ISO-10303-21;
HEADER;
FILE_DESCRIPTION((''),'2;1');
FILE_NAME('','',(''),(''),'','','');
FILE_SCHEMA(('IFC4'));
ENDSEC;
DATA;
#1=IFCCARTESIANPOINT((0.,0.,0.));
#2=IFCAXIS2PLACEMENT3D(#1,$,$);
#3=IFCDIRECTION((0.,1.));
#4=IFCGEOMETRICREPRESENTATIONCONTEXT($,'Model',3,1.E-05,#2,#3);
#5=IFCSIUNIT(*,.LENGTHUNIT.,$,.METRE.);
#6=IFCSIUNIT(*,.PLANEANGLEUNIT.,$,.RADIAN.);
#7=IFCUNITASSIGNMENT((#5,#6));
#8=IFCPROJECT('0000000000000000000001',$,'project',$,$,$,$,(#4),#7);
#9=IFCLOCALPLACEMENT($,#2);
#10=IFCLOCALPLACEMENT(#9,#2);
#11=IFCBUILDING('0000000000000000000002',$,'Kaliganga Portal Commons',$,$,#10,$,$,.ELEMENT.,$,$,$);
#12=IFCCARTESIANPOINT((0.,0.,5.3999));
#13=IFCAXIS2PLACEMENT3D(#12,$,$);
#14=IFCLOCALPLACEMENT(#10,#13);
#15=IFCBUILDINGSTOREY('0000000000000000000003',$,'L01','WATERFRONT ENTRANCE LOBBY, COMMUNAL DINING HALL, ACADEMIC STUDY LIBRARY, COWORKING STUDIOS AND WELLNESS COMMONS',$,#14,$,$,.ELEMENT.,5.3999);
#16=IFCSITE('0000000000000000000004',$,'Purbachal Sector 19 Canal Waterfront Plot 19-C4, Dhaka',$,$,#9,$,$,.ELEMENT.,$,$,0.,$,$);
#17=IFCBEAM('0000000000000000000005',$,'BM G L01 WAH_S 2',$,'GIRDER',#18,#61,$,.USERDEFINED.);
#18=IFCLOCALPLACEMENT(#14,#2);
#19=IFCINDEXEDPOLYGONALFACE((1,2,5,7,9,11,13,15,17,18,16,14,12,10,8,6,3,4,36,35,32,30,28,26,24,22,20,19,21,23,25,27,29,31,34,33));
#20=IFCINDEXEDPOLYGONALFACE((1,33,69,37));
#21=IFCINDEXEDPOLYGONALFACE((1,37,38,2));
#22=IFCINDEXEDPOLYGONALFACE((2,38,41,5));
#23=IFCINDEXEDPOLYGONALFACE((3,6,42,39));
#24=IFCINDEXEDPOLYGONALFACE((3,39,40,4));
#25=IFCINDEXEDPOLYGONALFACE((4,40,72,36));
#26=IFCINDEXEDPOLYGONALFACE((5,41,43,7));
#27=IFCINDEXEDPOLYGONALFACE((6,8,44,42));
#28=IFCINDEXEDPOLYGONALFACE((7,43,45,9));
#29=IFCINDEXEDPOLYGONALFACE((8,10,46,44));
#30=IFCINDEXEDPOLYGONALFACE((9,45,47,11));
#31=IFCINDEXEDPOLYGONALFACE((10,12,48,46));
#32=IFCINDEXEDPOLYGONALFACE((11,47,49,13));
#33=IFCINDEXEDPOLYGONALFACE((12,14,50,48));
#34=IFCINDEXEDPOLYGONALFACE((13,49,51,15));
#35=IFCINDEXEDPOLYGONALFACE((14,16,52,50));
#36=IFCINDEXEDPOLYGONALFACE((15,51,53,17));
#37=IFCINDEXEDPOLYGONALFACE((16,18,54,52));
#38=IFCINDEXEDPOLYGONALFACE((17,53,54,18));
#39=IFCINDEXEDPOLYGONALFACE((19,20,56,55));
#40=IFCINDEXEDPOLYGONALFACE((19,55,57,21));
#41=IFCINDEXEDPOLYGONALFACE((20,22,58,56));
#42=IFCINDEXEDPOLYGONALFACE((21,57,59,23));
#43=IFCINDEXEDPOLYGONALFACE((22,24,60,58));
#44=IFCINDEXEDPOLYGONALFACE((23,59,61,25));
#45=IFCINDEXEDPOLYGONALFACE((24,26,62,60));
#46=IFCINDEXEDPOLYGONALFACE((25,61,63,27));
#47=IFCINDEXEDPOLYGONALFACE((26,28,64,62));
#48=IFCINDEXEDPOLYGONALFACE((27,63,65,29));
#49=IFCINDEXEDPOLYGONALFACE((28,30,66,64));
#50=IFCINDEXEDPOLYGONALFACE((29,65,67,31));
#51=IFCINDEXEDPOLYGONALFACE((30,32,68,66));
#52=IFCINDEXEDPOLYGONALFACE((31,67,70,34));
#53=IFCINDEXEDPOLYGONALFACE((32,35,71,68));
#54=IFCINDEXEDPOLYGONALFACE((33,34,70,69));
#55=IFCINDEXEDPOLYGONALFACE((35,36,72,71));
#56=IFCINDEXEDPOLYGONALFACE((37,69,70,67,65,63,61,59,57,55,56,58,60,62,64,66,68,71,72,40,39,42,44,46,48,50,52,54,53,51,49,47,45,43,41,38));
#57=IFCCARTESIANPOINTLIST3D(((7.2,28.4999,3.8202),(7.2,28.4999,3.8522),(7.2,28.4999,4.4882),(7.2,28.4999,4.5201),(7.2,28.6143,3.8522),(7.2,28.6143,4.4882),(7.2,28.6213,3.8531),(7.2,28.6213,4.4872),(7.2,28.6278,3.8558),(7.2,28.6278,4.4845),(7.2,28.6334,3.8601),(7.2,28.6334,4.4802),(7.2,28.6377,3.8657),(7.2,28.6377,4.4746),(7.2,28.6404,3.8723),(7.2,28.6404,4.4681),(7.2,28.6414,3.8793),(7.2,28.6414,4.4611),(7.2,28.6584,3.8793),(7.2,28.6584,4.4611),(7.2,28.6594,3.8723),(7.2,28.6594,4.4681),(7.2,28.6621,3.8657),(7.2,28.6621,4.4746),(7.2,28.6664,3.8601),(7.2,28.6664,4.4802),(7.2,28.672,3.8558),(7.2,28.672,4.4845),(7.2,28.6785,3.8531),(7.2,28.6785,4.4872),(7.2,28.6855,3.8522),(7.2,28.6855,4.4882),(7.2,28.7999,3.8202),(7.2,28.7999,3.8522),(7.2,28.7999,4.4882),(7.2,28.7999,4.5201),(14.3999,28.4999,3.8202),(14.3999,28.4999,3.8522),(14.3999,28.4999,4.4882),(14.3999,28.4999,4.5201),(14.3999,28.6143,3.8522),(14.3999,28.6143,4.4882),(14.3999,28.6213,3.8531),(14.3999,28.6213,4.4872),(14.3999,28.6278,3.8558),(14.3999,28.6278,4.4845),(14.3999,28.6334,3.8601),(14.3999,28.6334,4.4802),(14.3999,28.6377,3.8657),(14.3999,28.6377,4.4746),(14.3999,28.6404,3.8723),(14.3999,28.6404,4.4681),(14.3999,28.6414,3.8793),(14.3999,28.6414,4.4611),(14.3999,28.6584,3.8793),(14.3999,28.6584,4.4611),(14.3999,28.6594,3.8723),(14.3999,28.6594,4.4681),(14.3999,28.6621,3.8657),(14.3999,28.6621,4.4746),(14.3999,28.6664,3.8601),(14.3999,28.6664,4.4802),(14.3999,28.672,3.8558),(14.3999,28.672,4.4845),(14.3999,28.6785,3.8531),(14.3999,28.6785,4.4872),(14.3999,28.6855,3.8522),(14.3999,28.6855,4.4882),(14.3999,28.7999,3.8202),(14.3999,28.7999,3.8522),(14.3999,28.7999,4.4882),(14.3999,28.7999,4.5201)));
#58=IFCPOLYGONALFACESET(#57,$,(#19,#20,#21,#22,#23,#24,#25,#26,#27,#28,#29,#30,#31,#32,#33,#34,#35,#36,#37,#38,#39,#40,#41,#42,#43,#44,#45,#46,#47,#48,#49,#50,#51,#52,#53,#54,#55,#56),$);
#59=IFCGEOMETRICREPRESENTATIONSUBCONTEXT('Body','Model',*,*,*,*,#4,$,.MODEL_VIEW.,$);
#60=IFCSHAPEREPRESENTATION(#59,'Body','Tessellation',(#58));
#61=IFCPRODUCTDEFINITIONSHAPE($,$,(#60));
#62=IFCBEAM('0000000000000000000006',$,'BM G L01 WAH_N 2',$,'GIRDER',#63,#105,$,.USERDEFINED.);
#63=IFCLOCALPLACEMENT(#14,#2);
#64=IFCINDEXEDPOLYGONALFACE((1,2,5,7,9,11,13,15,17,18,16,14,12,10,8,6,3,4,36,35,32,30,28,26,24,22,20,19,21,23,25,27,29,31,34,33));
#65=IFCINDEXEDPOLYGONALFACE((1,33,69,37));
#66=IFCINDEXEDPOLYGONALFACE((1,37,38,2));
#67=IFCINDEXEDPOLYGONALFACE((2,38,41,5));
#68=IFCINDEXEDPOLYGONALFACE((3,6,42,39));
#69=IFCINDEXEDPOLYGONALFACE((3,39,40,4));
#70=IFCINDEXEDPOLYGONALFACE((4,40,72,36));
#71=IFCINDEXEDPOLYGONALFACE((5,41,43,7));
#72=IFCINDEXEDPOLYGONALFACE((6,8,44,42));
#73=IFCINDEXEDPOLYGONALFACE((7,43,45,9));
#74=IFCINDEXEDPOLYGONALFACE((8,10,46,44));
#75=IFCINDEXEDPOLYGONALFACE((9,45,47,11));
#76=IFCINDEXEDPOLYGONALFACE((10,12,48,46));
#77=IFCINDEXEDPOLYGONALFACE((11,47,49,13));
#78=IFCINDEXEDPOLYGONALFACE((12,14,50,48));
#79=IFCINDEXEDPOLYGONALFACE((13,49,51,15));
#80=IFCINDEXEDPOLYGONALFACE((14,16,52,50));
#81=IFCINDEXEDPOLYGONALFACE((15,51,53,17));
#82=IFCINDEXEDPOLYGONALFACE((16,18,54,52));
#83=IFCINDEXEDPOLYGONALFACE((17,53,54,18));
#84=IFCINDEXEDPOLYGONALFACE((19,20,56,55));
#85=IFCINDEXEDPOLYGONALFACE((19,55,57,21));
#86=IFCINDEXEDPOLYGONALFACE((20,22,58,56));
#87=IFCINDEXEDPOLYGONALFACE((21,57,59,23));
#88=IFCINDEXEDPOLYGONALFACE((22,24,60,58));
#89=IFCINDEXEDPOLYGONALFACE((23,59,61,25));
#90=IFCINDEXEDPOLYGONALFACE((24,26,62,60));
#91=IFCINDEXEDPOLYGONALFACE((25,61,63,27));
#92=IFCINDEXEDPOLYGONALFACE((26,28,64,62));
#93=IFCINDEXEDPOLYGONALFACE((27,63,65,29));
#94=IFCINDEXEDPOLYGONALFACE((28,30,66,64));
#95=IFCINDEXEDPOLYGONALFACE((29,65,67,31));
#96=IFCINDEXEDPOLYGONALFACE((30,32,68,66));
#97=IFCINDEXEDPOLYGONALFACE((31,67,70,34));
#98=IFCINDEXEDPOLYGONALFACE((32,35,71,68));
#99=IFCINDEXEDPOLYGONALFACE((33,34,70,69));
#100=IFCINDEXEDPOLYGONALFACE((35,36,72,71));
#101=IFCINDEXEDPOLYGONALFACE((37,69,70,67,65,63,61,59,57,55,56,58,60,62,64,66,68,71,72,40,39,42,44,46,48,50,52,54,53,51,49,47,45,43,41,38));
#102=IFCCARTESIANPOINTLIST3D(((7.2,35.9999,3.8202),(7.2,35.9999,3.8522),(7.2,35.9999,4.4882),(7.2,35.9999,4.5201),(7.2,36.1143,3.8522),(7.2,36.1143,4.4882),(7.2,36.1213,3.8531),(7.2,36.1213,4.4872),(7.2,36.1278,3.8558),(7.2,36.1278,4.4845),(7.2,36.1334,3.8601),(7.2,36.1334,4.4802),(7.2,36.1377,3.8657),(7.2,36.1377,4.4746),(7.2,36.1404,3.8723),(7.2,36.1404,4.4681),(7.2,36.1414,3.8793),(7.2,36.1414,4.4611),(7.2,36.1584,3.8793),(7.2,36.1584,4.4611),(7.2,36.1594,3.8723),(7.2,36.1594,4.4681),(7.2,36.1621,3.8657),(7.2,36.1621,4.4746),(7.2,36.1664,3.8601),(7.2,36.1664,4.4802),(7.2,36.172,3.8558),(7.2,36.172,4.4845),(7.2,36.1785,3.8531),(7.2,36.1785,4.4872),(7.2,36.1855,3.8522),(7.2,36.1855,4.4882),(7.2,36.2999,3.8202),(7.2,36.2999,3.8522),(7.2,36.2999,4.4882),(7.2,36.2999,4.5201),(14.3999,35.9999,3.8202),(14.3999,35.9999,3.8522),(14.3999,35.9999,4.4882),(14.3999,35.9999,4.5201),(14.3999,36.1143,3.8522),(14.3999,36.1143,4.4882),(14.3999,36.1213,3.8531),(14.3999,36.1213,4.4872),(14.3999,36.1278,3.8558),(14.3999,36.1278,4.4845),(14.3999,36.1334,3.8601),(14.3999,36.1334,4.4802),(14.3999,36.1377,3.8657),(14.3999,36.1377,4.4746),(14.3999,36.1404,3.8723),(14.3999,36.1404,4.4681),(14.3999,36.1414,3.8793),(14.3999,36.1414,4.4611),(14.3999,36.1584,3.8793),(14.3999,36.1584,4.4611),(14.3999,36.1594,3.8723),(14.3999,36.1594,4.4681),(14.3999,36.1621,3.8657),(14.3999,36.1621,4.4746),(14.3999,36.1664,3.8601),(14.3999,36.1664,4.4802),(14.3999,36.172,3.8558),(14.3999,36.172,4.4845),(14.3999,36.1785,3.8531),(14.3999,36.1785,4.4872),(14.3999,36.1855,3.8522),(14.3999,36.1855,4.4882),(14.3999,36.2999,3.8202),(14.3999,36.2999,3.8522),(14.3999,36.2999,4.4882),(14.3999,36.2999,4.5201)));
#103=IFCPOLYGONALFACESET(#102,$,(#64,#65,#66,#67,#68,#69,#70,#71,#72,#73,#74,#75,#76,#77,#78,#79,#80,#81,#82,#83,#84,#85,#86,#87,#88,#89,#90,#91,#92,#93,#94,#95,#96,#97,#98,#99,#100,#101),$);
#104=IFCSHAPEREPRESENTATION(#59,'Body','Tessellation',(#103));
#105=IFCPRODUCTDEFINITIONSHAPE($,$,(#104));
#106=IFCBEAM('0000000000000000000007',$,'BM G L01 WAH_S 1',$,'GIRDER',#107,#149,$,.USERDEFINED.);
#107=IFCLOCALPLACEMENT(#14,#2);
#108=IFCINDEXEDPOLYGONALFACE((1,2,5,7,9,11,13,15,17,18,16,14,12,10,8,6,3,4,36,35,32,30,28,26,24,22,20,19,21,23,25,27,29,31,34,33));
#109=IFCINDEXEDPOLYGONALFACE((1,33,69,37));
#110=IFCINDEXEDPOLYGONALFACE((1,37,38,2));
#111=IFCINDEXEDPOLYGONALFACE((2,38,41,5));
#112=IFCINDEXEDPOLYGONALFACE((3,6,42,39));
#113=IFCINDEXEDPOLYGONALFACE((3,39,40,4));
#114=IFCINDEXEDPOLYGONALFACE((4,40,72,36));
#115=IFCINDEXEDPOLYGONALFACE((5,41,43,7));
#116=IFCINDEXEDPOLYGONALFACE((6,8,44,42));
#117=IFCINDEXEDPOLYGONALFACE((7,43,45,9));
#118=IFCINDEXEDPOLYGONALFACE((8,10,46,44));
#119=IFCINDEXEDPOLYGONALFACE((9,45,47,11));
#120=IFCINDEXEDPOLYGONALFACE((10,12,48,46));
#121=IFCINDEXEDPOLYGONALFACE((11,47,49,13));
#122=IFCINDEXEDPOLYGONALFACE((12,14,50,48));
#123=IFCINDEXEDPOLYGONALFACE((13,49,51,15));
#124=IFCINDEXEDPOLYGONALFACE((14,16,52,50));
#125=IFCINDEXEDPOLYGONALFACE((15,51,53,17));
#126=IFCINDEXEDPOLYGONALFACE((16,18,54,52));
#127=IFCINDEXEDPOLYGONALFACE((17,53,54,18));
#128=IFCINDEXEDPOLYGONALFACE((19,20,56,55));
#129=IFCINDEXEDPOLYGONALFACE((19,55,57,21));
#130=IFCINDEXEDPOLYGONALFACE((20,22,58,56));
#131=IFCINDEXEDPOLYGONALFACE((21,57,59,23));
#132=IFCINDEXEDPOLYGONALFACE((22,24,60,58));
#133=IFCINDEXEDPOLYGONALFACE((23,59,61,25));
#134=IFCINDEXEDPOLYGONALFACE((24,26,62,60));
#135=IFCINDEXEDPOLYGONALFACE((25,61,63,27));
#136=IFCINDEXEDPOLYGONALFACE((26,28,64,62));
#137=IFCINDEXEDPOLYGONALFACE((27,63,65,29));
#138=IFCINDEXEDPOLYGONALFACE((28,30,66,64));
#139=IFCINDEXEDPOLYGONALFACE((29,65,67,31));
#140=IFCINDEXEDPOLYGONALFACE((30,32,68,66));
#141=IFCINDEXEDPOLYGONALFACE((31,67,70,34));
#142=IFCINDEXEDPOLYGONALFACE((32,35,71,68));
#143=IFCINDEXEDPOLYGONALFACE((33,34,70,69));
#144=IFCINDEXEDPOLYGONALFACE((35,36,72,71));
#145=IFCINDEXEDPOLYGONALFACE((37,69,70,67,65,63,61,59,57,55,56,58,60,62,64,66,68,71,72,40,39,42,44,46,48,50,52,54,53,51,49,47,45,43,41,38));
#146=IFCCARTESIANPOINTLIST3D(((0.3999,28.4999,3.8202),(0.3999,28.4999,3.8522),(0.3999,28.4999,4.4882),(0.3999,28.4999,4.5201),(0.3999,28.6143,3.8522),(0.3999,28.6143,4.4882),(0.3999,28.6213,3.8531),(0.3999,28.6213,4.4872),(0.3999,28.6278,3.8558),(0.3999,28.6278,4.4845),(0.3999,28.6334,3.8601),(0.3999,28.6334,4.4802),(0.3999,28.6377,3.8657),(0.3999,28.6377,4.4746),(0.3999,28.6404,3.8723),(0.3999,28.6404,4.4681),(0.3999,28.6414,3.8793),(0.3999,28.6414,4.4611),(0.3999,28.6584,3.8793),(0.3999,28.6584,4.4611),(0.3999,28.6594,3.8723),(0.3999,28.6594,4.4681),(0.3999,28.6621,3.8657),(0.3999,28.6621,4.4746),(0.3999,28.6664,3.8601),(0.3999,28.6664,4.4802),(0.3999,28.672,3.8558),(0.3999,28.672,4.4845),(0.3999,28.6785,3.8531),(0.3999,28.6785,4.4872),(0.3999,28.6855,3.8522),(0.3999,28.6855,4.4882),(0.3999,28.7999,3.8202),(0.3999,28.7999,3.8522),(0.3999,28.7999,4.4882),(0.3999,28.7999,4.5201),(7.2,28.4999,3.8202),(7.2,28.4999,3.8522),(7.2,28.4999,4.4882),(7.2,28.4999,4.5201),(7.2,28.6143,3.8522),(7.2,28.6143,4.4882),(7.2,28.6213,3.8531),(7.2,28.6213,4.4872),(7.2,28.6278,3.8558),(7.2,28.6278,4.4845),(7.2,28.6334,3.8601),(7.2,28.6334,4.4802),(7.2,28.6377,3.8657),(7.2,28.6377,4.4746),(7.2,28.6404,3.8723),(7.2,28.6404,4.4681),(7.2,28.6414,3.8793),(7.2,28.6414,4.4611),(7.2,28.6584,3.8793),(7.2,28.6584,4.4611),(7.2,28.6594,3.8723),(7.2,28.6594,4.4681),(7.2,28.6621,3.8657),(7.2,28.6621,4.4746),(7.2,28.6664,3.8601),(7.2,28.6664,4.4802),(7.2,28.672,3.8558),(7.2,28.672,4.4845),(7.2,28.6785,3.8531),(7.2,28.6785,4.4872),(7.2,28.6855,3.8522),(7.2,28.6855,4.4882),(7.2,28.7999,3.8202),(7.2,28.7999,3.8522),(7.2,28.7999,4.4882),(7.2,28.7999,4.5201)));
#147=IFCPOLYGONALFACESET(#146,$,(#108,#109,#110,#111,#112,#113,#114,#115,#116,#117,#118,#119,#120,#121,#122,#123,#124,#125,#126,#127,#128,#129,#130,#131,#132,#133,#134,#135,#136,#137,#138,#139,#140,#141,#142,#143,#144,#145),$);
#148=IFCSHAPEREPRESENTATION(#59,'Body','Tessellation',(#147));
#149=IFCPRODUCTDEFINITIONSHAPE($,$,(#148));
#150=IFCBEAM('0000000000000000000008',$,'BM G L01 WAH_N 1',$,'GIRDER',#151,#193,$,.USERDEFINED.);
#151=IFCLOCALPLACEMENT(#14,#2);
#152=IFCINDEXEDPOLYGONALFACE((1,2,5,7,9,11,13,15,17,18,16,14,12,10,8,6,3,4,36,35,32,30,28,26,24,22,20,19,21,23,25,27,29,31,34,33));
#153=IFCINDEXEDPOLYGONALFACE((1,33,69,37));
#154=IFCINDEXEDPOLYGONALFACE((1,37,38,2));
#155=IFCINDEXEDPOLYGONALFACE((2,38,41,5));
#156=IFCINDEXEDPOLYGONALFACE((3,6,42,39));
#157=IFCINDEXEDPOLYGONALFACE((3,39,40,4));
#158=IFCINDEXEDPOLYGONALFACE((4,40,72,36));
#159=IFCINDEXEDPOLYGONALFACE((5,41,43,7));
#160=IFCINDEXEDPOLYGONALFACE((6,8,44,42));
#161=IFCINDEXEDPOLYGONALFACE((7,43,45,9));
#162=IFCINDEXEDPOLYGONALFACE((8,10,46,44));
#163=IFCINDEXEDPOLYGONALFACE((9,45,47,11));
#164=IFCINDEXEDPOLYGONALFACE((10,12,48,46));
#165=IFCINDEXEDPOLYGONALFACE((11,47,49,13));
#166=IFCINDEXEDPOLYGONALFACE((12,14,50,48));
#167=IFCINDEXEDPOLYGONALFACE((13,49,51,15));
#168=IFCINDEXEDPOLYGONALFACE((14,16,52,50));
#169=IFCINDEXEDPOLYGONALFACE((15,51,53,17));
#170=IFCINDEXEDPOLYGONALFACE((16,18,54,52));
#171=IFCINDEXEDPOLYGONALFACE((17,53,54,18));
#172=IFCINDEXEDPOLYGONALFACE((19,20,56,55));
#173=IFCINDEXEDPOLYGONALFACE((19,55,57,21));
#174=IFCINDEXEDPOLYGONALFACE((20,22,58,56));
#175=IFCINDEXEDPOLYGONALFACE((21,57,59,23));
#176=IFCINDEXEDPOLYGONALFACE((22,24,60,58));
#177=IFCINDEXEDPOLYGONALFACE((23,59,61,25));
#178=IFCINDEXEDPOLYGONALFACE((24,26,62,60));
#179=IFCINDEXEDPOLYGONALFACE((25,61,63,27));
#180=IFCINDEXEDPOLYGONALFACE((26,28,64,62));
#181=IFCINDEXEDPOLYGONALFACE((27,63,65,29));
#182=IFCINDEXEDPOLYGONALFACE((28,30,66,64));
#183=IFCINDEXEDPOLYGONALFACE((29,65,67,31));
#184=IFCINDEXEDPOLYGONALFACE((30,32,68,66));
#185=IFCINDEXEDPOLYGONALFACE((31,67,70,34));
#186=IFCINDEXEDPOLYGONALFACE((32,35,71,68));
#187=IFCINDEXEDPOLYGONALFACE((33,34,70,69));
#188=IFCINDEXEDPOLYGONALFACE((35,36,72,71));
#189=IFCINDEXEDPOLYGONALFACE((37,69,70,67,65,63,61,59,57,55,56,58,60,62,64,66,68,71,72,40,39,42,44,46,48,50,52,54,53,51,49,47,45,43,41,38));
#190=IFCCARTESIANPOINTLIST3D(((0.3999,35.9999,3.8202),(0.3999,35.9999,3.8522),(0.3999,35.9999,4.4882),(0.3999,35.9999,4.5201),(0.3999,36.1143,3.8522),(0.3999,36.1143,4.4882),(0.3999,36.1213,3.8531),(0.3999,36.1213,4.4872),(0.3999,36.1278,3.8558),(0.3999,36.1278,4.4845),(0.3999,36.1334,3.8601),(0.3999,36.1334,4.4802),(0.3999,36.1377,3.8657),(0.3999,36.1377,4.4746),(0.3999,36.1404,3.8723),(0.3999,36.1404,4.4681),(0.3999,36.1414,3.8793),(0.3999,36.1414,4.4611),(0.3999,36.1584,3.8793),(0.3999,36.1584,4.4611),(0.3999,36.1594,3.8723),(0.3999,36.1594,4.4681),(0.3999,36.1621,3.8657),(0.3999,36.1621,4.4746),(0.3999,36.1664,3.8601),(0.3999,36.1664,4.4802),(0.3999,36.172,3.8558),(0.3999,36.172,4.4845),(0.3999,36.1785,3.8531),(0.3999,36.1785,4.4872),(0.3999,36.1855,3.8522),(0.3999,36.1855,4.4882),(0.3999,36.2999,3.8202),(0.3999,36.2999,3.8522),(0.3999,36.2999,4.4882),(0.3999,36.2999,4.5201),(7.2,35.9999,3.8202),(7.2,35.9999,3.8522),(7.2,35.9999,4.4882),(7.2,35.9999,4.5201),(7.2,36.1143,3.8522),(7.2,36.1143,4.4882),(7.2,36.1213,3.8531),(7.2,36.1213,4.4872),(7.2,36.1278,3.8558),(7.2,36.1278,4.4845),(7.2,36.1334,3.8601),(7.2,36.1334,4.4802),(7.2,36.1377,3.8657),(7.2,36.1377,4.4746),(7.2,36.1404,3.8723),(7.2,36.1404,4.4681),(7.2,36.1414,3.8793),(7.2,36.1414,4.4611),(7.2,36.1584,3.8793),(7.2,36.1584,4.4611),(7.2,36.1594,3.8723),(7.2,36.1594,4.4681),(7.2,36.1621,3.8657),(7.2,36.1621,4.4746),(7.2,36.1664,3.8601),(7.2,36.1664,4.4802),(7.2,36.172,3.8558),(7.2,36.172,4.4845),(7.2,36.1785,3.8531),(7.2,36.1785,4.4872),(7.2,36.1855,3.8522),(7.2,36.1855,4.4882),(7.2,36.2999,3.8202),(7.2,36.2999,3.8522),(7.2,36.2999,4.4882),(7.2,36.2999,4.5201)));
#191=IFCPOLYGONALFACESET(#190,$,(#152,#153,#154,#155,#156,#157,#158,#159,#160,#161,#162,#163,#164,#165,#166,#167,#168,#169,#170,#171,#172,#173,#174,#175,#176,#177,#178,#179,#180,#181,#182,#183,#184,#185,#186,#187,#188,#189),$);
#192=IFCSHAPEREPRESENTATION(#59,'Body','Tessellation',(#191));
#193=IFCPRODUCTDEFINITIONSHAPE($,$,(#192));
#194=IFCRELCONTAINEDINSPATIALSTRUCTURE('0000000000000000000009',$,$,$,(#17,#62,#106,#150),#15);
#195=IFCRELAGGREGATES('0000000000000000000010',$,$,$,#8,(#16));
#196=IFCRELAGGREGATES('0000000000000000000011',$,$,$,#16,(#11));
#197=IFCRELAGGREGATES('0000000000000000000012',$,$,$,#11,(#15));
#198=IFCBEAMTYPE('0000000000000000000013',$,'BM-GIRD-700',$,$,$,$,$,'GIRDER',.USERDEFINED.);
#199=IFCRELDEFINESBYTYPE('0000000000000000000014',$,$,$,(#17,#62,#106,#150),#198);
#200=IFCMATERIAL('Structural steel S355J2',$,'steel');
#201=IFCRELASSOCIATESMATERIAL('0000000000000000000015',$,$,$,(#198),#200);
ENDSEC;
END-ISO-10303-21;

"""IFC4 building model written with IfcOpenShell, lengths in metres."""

from ifc_helpers import new_model, si_unit, direction, frame, origin, origin_2d, place, context, subcontext, project, spatial, i_section, extrude, source, transform, mapped, material, material_profile, profile_set, type_object, element, save


model = new_model("IFC4")

# Units and contexts
model_context = context("Model", 3, precision=1e-05, world=origin(), true_north=direction((0.0, 1.0)))
body_context = subcontext(model_context, "Body", "Model", "MODEL_VIEW")
ifc_project = project(units=[si_unit("LENGTHUNIT", "METRE"), si_unit("PLANEANGLEUNIT", "RADIAN")], contexts=[model_context])

# Site, building, storey
site_placement = place(None, origin())
site = spatial("IfcSite", under=ifc_project, at=site_placement, Name="Purbachal Sector 19 Canal Waterfront Plot 19-C4, Dhaka", CompositionType="ELEMENT", RefElevation=0.0)
building_placement = place(site_placement, origin())
building = spatial("IfcBuilding", under=site, at=building_placement, Name="Kaliganga Portal Commons", CompositionType="ELEMENT")
storey_placement = place(building_placement, frame((0.0, 0.0, 5.3999)))
storey = spatial("IfcBuildingStorey", under=building, at=storey_placement, Name="L01", Description="WATERFRONT ENTRANCE LOBBY, COMMUNAL DINING HALL, ACADEMIC STUDY LIBRARY, COWORKING STUDIOS AND WELLNESS COMMONS", CompositionType="ELEMENT", Elevation=5.3999)

# Beams
ifc_material_1 = material(Name="Structural steel S355J2", Category="steel")
ifc_material_profile_1 = material_profile(ifc_material_1, i_section(OverallWidth=0.3, OverallDepth=0.7, WebThickness=0.0171, FlangeThickness=0.032, FilletRadius=0.0271, at=origin_2d()), Name="HE 700 B")
ifc_profile_set_1 = profile_set([ifc_material_profile_1], Name="Structural steel S355J2 wide-flange")
beam_type_1 = type_object("IfcBeamType", Name="BM-GIRD-700", ElementType="GIRDER", PredefinedType="USERDEFINED", material=ifc_profile_set_1)
shared_shape_1 = source(origin(), body_context, "Body", "SweptSolid", [
    extrude(i_section(OverallWidth=0.3, OverallDepth=0.7, WebThickness=0.0171, FlangeThickness=0.032, FilletRadius=0.0271, at=origin_2d()), origin(), (0.0, 0.0, 1.0), 7.2),
])
for number, where, z_axis, x_axis, name in (
    (1, (7.2, 28.6499, 4.1702), (1.0, 0.0, 0.0), (0.0, 1.0, 0.0), "BM G L01 WAH_S 2"),
    (2, (7.2, 36.1499, 4.1702), (1.0, 0.0, 0.0), (0.0, 1.0, 0.0), "BM G L01 WAH_N 2"),
):
    element("IfcBeam", number, at=place(storey_placement, frame(where, z_axis=z_axis, x_axis=x_axis)), inside=storey, type_object=beam_type_1, Name=name, ObjectType="GIRDER", PredefinedType="USERDEFINED", context=body_context, shape_type="MappedRepresentation", body=[
        mapped(shared_shape_1, transform((0.0, 0.0, 0.0), x_axis=(1.0, 0.0, 0.0), y_axis=(0.0, 1.0, 0.0), z_axis=(0.0, 0.0, 1.0), scale=1.0)),
    ])
shared_shape_2 = source(origin(), body_context, "Body", "SweptSolid", [
    extrude(i_section(OverallWidth=0.3, OverallDepth=0.7, WebThickness=0.0171, FlangeThickness=0.032, FilletRadius=0.0271, at=origin_2d()), origin(), (0.0, 0.0, 1.0), 6.8),
])
for number, where, z_axis, x_axis, name in (
    (3, (0.3999, 28.6499, 4.1702), (1.0, 0.0, 0.0), (0.0, 1.0, 0.0), "BM G L01 WAH_S 1"),
    (4, (0.3999, 36.1499, 4.1702), (1.0, 0.0, 0.0), (0.0, 1.0, 0.0), "BM G L01 WAH_N 1"),
):
    element("IfcBeam", number, at=place(storey_placement, frame(where, z_axis=z_axis, x_axis=x_axis)), inside=storey, type_object=beam_type_1, Name=name, ObjectType="GIRDER", PredefinedType="USERDEFINED", context=body_context, shape_type="MappedRepresentation", body=[
        mapped(shared_shape_2, transform((0.0, 0.0, 0.0), x_axis=(1.0, 0.0, 0.0), y_axis=(0.0, 1.0, 0.0), z_axis=(0.0, 0.0, 1.0), scale=1.0)),
    ])

save(model, "model.ifc")
